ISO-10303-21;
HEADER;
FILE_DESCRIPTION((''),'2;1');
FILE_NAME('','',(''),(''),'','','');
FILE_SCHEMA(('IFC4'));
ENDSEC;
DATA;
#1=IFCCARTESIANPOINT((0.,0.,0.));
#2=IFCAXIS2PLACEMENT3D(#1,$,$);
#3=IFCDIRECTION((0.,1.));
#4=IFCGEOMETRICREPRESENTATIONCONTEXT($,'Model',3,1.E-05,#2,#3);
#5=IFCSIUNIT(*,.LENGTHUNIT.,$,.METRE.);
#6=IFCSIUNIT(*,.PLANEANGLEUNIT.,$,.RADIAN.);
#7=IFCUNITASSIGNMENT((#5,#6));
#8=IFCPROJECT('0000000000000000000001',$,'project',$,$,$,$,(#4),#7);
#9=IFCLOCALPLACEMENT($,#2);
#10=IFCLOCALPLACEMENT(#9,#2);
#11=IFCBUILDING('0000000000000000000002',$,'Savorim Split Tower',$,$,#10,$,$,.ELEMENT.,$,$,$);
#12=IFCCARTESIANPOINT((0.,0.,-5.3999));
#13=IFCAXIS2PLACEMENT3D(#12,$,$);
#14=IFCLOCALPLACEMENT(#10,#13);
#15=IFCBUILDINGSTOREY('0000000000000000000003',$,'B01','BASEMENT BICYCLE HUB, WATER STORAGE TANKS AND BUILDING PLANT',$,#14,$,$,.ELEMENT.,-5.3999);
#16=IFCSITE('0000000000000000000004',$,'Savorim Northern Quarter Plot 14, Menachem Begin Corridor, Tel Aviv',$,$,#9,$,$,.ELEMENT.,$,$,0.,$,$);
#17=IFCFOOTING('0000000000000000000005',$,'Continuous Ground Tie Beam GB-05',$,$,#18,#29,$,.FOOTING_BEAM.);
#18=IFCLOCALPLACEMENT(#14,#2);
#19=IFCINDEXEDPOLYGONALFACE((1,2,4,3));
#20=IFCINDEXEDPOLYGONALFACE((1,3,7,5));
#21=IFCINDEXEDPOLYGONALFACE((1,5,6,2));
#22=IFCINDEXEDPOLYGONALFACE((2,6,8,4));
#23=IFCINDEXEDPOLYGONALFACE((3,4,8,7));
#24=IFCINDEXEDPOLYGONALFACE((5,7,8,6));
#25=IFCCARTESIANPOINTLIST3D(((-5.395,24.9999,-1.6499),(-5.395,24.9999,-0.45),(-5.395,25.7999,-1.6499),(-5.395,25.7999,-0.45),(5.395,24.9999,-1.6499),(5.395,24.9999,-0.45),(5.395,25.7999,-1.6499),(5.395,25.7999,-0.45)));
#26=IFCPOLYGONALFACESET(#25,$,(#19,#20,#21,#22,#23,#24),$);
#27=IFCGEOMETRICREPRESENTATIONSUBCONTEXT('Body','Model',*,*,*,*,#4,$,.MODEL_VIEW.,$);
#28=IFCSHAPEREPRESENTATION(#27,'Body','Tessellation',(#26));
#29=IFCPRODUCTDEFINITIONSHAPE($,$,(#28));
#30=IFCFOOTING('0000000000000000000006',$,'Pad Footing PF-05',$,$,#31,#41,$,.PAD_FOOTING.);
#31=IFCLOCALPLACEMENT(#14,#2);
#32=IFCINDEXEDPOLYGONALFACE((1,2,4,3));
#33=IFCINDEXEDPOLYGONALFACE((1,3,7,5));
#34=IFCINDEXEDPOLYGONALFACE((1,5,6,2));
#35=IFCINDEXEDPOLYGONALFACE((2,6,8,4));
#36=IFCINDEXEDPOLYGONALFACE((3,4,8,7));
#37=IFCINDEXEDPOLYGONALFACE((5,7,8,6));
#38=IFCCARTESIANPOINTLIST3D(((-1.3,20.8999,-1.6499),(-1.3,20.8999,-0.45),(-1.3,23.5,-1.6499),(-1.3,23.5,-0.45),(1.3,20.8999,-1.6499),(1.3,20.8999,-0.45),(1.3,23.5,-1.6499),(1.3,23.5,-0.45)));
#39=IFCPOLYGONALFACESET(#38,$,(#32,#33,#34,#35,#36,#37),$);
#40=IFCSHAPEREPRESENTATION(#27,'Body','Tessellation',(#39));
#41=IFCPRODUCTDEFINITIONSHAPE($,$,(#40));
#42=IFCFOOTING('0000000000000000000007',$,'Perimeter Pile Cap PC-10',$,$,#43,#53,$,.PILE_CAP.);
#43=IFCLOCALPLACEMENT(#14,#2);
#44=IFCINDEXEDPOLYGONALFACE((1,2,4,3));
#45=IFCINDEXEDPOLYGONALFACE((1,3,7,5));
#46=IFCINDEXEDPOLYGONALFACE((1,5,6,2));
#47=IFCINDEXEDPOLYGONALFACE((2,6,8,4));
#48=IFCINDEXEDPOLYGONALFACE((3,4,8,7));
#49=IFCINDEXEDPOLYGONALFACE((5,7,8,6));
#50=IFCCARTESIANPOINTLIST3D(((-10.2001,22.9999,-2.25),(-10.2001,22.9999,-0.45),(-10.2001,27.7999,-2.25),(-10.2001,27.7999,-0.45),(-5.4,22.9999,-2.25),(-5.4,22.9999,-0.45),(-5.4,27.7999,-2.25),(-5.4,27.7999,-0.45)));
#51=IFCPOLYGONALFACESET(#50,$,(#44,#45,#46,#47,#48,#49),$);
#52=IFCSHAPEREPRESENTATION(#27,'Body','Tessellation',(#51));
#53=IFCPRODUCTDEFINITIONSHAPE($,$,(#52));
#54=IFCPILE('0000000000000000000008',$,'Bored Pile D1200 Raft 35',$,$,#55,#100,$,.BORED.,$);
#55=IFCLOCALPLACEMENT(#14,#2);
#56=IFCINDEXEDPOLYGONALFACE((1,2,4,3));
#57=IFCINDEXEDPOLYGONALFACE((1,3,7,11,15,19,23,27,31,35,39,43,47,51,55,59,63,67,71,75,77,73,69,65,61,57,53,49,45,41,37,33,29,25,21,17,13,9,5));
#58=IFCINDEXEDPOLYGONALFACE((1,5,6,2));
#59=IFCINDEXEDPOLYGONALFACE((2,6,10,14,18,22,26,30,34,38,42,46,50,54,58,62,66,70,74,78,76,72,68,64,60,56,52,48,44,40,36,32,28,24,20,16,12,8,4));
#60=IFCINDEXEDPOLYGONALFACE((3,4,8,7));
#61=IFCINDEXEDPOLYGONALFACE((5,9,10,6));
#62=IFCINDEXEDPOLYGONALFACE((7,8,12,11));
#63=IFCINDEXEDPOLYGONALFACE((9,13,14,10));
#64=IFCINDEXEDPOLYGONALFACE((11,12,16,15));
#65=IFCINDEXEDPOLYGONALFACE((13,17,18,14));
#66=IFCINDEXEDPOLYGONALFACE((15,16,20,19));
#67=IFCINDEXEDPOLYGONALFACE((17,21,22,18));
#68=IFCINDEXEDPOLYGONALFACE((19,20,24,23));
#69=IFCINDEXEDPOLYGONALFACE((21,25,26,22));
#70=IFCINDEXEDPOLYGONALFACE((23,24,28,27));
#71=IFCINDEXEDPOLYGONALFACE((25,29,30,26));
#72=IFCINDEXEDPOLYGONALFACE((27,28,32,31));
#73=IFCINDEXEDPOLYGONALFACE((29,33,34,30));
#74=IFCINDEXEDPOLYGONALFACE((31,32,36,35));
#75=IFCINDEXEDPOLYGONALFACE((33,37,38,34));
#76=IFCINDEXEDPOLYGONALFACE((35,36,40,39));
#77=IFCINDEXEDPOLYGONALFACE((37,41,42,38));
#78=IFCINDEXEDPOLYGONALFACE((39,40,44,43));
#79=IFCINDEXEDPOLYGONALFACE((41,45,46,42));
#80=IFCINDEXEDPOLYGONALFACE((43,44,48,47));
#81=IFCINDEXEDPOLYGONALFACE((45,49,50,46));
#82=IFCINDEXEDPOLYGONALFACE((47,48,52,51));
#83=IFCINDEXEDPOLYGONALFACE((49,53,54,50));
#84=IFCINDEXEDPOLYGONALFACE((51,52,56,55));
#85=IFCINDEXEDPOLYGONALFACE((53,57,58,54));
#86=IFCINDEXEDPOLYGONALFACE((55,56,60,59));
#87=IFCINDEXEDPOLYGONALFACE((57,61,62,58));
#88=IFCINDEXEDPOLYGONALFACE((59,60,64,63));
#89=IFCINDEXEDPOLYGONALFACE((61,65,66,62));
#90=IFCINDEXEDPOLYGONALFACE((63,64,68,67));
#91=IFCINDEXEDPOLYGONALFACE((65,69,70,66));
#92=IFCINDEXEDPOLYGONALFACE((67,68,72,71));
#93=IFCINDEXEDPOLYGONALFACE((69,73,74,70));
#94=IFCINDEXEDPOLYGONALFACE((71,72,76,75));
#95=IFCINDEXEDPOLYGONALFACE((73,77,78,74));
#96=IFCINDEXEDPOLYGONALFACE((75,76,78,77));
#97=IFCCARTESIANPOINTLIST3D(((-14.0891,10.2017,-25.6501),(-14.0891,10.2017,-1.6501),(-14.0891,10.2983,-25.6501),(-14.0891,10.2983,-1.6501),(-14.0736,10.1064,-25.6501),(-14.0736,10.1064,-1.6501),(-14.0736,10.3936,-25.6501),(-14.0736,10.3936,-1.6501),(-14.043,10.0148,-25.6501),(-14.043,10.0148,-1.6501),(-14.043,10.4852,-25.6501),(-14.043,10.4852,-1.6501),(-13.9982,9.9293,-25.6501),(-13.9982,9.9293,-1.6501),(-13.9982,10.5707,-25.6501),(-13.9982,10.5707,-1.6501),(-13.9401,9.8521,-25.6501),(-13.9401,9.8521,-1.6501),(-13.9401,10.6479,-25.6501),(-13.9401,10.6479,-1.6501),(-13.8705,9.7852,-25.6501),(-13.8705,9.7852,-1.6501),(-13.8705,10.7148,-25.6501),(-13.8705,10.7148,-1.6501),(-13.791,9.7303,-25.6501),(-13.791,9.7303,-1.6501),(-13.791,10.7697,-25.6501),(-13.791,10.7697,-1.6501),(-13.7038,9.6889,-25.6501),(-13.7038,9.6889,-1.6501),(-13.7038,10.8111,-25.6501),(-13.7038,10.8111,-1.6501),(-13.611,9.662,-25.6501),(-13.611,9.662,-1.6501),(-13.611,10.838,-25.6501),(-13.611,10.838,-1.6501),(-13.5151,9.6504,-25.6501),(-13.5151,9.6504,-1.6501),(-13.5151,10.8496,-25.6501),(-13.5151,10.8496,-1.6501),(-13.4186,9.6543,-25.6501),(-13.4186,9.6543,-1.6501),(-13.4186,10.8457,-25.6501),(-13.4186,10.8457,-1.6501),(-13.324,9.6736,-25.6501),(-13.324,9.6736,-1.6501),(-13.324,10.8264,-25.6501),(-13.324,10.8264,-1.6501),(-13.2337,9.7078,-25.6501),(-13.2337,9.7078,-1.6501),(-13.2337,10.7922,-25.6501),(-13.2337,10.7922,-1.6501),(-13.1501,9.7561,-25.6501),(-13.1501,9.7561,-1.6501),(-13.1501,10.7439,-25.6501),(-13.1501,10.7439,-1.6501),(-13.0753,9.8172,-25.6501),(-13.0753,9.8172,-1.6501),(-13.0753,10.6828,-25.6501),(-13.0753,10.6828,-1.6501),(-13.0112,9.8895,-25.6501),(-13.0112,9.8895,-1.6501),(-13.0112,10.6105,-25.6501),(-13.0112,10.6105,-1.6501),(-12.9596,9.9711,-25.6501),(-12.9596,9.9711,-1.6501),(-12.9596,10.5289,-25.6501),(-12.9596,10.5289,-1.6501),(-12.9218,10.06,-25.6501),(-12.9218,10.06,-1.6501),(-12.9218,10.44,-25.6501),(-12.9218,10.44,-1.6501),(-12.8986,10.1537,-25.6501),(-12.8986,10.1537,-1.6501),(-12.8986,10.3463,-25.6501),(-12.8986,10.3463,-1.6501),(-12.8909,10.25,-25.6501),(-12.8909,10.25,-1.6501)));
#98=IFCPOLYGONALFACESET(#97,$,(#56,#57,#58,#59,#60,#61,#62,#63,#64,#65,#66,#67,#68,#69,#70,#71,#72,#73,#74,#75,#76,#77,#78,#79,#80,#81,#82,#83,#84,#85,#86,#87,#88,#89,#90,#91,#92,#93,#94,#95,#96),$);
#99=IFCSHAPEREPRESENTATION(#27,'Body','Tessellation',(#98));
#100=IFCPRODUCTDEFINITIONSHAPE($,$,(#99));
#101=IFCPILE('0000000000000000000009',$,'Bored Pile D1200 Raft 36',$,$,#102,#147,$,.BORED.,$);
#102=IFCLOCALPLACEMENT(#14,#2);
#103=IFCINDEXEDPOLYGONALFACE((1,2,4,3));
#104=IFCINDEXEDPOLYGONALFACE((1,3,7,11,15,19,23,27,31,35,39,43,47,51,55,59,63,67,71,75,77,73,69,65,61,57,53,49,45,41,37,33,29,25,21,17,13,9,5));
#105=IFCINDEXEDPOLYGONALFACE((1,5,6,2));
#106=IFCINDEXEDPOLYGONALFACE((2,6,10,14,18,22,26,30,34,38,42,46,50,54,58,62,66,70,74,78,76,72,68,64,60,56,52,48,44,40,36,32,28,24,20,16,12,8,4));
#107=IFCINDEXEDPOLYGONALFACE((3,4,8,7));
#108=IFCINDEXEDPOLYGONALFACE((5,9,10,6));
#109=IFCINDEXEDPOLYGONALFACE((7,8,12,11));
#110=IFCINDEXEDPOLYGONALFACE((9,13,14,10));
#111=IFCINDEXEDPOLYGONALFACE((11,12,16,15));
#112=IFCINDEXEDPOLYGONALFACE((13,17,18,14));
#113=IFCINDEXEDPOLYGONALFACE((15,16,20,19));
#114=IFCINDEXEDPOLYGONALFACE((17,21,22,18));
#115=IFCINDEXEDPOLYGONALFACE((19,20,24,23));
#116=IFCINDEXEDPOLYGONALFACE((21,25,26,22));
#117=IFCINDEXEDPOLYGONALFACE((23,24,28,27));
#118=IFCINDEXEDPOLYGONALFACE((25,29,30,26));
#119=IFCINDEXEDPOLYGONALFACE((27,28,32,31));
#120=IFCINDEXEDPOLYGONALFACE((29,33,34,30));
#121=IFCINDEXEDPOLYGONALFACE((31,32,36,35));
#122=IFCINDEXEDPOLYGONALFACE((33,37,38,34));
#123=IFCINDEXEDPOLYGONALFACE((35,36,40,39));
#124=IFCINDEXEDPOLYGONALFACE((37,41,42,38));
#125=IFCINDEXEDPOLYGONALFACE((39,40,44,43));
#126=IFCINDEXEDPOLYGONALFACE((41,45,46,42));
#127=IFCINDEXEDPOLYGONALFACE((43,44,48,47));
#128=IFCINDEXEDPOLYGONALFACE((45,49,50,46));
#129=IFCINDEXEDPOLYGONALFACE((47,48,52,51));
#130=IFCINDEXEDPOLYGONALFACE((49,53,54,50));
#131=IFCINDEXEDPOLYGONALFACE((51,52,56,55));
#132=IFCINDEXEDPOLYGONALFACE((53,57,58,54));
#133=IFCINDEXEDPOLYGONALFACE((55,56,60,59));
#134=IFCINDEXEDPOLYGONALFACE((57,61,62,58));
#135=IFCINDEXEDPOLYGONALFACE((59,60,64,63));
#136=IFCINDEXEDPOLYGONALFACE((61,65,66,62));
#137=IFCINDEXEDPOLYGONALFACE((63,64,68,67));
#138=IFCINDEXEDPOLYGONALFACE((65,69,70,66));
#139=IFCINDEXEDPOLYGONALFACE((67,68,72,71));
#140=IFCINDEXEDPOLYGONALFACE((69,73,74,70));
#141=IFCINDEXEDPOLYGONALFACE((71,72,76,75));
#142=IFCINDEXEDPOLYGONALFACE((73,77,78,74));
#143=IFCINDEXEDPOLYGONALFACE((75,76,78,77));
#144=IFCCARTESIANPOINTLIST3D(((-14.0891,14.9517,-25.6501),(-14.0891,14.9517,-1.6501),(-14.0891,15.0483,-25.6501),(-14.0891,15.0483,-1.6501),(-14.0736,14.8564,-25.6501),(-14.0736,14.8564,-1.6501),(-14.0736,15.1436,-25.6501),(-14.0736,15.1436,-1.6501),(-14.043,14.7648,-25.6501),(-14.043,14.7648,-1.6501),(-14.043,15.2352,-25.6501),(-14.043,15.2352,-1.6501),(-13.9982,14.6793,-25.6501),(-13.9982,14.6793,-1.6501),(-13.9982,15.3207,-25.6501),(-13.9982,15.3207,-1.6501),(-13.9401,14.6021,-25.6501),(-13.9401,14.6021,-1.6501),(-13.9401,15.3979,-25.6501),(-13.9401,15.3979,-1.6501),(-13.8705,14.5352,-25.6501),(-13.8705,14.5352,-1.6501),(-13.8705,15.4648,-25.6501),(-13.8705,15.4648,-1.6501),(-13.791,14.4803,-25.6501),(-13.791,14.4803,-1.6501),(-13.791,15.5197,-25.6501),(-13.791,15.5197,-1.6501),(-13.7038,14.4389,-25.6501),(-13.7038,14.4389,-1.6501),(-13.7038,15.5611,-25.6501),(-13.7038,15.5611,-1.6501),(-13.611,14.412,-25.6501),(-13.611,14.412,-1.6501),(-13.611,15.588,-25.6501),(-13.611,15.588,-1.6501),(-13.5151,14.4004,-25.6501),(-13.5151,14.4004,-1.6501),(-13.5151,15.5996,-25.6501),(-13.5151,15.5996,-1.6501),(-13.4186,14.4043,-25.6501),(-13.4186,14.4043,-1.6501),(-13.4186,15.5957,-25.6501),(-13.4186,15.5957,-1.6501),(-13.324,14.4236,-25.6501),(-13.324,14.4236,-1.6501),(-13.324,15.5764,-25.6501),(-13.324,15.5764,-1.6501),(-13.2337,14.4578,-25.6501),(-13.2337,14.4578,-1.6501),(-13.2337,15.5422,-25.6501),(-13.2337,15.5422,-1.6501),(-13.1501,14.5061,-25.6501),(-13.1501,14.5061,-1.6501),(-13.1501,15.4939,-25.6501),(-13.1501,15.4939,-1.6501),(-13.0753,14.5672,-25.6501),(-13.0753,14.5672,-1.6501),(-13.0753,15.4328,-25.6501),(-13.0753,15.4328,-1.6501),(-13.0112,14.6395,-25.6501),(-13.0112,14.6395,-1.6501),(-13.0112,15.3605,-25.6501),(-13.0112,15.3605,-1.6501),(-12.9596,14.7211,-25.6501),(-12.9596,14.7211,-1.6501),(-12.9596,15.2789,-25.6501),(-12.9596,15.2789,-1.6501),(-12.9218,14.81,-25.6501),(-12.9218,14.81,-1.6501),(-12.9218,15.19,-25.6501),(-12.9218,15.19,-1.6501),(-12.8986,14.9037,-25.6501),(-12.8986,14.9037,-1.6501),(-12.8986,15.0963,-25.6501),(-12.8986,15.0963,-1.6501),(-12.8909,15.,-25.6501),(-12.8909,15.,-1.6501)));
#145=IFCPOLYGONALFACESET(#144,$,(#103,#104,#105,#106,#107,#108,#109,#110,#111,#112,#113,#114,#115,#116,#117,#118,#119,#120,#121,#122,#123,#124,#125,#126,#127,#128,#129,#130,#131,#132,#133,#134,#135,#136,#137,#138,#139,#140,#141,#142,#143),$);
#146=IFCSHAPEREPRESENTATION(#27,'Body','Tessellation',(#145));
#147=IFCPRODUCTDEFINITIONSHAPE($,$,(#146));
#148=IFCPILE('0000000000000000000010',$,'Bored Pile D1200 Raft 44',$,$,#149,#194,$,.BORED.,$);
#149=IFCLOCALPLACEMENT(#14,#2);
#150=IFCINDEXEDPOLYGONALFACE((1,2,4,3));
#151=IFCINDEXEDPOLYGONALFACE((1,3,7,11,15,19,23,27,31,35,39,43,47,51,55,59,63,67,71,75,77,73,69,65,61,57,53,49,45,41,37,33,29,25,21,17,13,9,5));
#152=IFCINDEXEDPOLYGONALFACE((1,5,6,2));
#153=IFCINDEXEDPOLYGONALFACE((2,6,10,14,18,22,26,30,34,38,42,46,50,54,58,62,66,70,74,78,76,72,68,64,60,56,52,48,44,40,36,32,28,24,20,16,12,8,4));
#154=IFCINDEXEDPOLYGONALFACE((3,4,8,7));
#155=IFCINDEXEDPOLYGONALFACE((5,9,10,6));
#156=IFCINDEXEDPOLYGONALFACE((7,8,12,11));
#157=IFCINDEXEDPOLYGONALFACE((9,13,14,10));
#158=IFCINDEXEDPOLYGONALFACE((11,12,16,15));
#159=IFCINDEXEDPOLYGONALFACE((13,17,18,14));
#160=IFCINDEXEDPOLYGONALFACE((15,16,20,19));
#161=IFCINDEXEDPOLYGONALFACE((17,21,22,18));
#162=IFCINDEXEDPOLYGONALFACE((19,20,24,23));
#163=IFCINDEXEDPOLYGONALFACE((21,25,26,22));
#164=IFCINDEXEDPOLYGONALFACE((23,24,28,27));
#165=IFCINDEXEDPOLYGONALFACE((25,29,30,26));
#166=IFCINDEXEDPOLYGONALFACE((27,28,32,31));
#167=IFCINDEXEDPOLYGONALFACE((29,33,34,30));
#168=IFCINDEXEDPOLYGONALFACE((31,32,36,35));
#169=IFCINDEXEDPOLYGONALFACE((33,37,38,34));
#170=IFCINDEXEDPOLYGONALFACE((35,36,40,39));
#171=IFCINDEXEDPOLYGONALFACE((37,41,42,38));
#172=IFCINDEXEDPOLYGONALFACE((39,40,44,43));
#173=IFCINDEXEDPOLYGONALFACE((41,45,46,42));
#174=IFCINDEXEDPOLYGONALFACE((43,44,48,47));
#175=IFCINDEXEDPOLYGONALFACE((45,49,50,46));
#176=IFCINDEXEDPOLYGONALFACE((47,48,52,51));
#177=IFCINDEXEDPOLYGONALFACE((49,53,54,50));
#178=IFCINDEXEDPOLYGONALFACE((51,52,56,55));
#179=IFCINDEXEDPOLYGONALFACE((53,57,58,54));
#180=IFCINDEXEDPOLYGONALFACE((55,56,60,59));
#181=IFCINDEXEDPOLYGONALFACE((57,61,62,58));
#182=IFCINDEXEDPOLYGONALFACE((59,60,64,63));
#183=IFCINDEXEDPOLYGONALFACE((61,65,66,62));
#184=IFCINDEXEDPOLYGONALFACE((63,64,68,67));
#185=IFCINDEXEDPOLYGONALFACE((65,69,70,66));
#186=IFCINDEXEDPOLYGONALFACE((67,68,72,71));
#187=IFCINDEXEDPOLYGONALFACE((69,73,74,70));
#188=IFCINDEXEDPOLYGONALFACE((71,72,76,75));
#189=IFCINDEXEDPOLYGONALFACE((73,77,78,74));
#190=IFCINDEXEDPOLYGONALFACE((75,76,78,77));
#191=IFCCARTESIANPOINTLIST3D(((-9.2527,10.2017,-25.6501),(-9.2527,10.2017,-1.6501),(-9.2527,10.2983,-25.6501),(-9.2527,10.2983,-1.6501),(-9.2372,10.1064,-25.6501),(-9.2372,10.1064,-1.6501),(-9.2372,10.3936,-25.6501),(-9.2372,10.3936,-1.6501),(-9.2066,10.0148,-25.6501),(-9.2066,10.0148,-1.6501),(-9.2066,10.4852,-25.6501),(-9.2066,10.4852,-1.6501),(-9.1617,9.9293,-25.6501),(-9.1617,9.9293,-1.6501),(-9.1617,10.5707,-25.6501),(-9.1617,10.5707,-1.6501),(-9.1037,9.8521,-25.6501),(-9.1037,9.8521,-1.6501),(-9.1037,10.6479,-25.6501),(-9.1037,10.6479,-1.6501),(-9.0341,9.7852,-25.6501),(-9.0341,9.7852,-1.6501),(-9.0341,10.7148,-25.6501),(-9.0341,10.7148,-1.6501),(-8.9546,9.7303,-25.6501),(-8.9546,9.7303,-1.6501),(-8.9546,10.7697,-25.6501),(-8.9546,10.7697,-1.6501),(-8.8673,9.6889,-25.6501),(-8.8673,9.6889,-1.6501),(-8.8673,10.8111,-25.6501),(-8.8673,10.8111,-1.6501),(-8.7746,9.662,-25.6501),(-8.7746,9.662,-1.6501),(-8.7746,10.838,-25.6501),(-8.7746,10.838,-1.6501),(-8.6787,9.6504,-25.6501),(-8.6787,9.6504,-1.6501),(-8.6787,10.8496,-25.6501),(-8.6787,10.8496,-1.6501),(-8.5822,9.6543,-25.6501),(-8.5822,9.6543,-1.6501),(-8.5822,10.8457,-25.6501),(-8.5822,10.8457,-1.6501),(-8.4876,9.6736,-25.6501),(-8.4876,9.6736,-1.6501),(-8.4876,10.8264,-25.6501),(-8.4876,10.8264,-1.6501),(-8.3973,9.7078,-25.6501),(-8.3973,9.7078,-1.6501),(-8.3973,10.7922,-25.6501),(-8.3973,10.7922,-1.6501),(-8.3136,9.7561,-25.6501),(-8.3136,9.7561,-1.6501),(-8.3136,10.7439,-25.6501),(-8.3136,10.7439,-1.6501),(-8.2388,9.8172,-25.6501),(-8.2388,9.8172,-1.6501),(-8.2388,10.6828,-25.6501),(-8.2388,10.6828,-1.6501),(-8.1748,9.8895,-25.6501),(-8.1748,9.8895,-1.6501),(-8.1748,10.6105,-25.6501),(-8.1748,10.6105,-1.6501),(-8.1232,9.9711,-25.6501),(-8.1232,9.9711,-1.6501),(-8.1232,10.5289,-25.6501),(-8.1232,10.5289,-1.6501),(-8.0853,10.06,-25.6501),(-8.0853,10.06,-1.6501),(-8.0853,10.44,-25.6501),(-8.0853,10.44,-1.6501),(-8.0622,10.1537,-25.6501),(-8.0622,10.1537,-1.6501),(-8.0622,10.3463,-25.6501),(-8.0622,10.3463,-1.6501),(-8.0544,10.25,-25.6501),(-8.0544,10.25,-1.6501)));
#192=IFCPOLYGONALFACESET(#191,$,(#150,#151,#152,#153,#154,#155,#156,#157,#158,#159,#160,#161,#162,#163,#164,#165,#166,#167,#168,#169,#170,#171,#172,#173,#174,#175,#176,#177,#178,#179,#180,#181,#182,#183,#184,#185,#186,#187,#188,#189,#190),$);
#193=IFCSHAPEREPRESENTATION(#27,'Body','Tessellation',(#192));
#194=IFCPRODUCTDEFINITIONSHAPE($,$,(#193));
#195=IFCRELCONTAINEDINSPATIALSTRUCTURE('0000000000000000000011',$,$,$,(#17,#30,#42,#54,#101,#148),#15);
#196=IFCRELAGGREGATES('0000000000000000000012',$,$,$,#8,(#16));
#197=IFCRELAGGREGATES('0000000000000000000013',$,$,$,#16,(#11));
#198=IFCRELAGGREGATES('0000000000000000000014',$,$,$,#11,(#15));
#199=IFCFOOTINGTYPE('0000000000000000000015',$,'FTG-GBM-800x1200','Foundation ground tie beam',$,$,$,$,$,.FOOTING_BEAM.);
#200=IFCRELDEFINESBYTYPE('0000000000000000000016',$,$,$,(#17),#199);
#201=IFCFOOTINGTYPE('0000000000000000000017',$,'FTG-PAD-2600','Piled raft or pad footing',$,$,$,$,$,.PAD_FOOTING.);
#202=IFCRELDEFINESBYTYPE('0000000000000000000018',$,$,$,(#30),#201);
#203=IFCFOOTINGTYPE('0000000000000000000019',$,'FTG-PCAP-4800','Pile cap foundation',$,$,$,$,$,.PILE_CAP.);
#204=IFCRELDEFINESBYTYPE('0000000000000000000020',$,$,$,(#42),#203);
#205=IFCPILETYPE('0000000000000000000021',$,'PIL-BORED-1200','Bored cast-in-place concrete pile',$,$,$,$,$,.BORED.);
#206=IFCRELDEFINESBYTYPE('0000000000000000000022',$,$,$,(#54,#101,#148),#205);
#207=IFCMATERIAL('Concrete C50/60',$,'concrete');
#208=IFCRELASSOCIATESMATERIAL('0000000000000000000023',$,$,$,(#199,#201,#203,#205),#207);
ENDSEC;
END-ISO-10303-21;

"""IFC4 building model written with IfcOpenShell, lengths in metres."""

from ifc_helpers import new_model, si_unit, direction, frame, origin, origin_2d, place, context, subcontext, project, spatial, rectangle, circle, extrude, material, material_profile, profile_set, type_object, element, save


model = new_model("IFC4")

# Units and contexts
model_context = context("Model", 3, precision=1e-05, world=origin(), true_north=direction((0.0, 1.0)))
body_context = subcontext(model_context, "Body", "Model", "MODEL_VIEW")
ifc_project = project(units=[si_unit("LENGTHUNIT", "METRE"), si_unit("PLANEANGLEUNIT", "RADIAN")], contexts=[model_context])

# Site, building, storey
site_placement = place(None, origin())
site = spatial("IfcSite", under=ifc_project, at=site_placement, Name="Savorim Northern Quarter Plot 14, Menachem Begin Corridor, Tel Aviv", CompositionType="ELEMENT", RefElevation=0.0)
building_placement = place(site_placement, origin())
building = spatial("IfcBuilding", under=site, at=building_placement, Name="Savorim Split Tower", CompositionType="ELEMENT")
storey_placement = place(building_placement, frame((0.0, 0.0, -5.3999)))
storey = spatial("IfcBuildingStorey", under=building, at=storey_placement, Name="B01", Description="BASEMENT BICYCLE HUB, WATER STORAGE TANKS AND BUILDING PLANT", CompositionType="ELEMENT", Elevation=-5.3999)

# Footings
ifc_material_1 = material(Name="Concrete C50/60", Category="concrete")
footing_type_1 = type_object("IfcFootingType", Name="FTG-GBM-800x1200", Description="Foundation ground tie beam", PredefinedType="FOOTING_BEAM", material=ifc_material_1)
footing_1_placement = place(storey_placement, frame((0.0, 25.3999, -1.6499), z_axis=(0.0, 0.0, 1.0), x_axis=(1.0, 0.0, 0.0)))
element("IfcFooting", 1, at=footing_1_placement, inside=storey, type_object=footing_type_1, Name="Continuous Ground Tie Beam GB-05", PredefinedType="FOOTING_BEAM", context=body_context, shape_type="SweptSolid", body=[
    extrude(rectangle(XDim=10.79, YDim=0.8, at=origin_2d()), origin(), (0.0, 0.0, 1.0), 1.2),
])
footing_type_2 = type_object("IfcFootingType", Name="FTG-PAD-2600", Description="Piled raft or pad footing", PredefinedType="PAD_FOOTING", material=ifc_material_1)
footing_2_placement = place(storey_placement, frame((0.0, 22.2, -1.6499), z_axis=(0.0, 0.0, 1.0), x_axis=(1.0, 0.0, 0.0)))
element("IfcFooting", 2, at=footing_2_placement, inside=storey, type_object=footing_type_2, Name="Pad Footing PF-05", PredefinedType="PAD_FOOTING", context=body_context, shape_type="SweptSolid", body=[
    extrude(rectangle(XDim=2.6001, YDim=2.6001, at=origin_2d()), origin(), (0.0, 0.0, 1.0), 1.2),
])
footing_type_3 = type_object("IfcFootingType", Name="FTG-PCAP-4800", Description="Pile cap foundation", PredefinedType="PILE_CAP", material=ifc_material_1)
footing_3_placement = place(storey_placement, frame((-7.8, 25.3999, -2.25), z_axis=(0.0, 0.0, 1.0), x_axis=(1.0, 0.0, 0.0)))
element("IfcFooting", 3, at=footing_3_placement, inside=storey, type_object=footing_type_3, Name="Perimeter Pile Cap PC-10", PredefinedType="PILE_CAP", context=body_context, shape_type="SweptSolid", body=[
    extrude(rectangle(XDim=4.8, YDim=4.8, at=origin_2d()), origin(), (0.0, 0.0, 1.0), 1.8),
])

# Piles
ifc_material_profile_1 = material_profile(ifc_material_1, circle(Radius=0.6001, at=origin_2d()), Name="PILE D1200")
ifc_profile_set_1 = profile_set([ifc_material_profile_1], Name="Concrete C50/60")
pile_type = type_object("IfcPileType", Name="PIL-BORED-1200", Description="Bored cast-in-place concrete pile", PredefinedType="BORED", material=ifc_profile_set_1)
for number, where, z_axis, x_axis, name in (
    (4, (-13.491, 10.25, -1.6501), (0.0, 0.0, -1.0), (1.0, 0.0, 0.0), "Bored Pile D1200 Raft 35"),
    (5, (-13.491, 15.0, -1.6501), (0.0, 0.0, -1.0), (1.0, 0.0, 0.0), "Bored Pile D1200 Raft 36"),
    (6, (-8.6545, 10.25, -1.6501), (0.0, 0.0, -1.0), (1.0, 0.0, 0.0), "Bored Pile D1200 Raft 44"),
):
    element("IfcPile", number, at=place(storey_placement, frame(where, z_axis=z_axis, x_axis=x_axis)), inside=storey, type_object=pile_type, Name=name, PredefinedType="BORED", context=body_context, shape_type="SweptSolid", body=[
        extrude(circle(Radius=0.6001, at=origin_2d()), origin(), (0.0, 0.0, 1.0), 24.0),
    ])

save(model, "model.ifc")
